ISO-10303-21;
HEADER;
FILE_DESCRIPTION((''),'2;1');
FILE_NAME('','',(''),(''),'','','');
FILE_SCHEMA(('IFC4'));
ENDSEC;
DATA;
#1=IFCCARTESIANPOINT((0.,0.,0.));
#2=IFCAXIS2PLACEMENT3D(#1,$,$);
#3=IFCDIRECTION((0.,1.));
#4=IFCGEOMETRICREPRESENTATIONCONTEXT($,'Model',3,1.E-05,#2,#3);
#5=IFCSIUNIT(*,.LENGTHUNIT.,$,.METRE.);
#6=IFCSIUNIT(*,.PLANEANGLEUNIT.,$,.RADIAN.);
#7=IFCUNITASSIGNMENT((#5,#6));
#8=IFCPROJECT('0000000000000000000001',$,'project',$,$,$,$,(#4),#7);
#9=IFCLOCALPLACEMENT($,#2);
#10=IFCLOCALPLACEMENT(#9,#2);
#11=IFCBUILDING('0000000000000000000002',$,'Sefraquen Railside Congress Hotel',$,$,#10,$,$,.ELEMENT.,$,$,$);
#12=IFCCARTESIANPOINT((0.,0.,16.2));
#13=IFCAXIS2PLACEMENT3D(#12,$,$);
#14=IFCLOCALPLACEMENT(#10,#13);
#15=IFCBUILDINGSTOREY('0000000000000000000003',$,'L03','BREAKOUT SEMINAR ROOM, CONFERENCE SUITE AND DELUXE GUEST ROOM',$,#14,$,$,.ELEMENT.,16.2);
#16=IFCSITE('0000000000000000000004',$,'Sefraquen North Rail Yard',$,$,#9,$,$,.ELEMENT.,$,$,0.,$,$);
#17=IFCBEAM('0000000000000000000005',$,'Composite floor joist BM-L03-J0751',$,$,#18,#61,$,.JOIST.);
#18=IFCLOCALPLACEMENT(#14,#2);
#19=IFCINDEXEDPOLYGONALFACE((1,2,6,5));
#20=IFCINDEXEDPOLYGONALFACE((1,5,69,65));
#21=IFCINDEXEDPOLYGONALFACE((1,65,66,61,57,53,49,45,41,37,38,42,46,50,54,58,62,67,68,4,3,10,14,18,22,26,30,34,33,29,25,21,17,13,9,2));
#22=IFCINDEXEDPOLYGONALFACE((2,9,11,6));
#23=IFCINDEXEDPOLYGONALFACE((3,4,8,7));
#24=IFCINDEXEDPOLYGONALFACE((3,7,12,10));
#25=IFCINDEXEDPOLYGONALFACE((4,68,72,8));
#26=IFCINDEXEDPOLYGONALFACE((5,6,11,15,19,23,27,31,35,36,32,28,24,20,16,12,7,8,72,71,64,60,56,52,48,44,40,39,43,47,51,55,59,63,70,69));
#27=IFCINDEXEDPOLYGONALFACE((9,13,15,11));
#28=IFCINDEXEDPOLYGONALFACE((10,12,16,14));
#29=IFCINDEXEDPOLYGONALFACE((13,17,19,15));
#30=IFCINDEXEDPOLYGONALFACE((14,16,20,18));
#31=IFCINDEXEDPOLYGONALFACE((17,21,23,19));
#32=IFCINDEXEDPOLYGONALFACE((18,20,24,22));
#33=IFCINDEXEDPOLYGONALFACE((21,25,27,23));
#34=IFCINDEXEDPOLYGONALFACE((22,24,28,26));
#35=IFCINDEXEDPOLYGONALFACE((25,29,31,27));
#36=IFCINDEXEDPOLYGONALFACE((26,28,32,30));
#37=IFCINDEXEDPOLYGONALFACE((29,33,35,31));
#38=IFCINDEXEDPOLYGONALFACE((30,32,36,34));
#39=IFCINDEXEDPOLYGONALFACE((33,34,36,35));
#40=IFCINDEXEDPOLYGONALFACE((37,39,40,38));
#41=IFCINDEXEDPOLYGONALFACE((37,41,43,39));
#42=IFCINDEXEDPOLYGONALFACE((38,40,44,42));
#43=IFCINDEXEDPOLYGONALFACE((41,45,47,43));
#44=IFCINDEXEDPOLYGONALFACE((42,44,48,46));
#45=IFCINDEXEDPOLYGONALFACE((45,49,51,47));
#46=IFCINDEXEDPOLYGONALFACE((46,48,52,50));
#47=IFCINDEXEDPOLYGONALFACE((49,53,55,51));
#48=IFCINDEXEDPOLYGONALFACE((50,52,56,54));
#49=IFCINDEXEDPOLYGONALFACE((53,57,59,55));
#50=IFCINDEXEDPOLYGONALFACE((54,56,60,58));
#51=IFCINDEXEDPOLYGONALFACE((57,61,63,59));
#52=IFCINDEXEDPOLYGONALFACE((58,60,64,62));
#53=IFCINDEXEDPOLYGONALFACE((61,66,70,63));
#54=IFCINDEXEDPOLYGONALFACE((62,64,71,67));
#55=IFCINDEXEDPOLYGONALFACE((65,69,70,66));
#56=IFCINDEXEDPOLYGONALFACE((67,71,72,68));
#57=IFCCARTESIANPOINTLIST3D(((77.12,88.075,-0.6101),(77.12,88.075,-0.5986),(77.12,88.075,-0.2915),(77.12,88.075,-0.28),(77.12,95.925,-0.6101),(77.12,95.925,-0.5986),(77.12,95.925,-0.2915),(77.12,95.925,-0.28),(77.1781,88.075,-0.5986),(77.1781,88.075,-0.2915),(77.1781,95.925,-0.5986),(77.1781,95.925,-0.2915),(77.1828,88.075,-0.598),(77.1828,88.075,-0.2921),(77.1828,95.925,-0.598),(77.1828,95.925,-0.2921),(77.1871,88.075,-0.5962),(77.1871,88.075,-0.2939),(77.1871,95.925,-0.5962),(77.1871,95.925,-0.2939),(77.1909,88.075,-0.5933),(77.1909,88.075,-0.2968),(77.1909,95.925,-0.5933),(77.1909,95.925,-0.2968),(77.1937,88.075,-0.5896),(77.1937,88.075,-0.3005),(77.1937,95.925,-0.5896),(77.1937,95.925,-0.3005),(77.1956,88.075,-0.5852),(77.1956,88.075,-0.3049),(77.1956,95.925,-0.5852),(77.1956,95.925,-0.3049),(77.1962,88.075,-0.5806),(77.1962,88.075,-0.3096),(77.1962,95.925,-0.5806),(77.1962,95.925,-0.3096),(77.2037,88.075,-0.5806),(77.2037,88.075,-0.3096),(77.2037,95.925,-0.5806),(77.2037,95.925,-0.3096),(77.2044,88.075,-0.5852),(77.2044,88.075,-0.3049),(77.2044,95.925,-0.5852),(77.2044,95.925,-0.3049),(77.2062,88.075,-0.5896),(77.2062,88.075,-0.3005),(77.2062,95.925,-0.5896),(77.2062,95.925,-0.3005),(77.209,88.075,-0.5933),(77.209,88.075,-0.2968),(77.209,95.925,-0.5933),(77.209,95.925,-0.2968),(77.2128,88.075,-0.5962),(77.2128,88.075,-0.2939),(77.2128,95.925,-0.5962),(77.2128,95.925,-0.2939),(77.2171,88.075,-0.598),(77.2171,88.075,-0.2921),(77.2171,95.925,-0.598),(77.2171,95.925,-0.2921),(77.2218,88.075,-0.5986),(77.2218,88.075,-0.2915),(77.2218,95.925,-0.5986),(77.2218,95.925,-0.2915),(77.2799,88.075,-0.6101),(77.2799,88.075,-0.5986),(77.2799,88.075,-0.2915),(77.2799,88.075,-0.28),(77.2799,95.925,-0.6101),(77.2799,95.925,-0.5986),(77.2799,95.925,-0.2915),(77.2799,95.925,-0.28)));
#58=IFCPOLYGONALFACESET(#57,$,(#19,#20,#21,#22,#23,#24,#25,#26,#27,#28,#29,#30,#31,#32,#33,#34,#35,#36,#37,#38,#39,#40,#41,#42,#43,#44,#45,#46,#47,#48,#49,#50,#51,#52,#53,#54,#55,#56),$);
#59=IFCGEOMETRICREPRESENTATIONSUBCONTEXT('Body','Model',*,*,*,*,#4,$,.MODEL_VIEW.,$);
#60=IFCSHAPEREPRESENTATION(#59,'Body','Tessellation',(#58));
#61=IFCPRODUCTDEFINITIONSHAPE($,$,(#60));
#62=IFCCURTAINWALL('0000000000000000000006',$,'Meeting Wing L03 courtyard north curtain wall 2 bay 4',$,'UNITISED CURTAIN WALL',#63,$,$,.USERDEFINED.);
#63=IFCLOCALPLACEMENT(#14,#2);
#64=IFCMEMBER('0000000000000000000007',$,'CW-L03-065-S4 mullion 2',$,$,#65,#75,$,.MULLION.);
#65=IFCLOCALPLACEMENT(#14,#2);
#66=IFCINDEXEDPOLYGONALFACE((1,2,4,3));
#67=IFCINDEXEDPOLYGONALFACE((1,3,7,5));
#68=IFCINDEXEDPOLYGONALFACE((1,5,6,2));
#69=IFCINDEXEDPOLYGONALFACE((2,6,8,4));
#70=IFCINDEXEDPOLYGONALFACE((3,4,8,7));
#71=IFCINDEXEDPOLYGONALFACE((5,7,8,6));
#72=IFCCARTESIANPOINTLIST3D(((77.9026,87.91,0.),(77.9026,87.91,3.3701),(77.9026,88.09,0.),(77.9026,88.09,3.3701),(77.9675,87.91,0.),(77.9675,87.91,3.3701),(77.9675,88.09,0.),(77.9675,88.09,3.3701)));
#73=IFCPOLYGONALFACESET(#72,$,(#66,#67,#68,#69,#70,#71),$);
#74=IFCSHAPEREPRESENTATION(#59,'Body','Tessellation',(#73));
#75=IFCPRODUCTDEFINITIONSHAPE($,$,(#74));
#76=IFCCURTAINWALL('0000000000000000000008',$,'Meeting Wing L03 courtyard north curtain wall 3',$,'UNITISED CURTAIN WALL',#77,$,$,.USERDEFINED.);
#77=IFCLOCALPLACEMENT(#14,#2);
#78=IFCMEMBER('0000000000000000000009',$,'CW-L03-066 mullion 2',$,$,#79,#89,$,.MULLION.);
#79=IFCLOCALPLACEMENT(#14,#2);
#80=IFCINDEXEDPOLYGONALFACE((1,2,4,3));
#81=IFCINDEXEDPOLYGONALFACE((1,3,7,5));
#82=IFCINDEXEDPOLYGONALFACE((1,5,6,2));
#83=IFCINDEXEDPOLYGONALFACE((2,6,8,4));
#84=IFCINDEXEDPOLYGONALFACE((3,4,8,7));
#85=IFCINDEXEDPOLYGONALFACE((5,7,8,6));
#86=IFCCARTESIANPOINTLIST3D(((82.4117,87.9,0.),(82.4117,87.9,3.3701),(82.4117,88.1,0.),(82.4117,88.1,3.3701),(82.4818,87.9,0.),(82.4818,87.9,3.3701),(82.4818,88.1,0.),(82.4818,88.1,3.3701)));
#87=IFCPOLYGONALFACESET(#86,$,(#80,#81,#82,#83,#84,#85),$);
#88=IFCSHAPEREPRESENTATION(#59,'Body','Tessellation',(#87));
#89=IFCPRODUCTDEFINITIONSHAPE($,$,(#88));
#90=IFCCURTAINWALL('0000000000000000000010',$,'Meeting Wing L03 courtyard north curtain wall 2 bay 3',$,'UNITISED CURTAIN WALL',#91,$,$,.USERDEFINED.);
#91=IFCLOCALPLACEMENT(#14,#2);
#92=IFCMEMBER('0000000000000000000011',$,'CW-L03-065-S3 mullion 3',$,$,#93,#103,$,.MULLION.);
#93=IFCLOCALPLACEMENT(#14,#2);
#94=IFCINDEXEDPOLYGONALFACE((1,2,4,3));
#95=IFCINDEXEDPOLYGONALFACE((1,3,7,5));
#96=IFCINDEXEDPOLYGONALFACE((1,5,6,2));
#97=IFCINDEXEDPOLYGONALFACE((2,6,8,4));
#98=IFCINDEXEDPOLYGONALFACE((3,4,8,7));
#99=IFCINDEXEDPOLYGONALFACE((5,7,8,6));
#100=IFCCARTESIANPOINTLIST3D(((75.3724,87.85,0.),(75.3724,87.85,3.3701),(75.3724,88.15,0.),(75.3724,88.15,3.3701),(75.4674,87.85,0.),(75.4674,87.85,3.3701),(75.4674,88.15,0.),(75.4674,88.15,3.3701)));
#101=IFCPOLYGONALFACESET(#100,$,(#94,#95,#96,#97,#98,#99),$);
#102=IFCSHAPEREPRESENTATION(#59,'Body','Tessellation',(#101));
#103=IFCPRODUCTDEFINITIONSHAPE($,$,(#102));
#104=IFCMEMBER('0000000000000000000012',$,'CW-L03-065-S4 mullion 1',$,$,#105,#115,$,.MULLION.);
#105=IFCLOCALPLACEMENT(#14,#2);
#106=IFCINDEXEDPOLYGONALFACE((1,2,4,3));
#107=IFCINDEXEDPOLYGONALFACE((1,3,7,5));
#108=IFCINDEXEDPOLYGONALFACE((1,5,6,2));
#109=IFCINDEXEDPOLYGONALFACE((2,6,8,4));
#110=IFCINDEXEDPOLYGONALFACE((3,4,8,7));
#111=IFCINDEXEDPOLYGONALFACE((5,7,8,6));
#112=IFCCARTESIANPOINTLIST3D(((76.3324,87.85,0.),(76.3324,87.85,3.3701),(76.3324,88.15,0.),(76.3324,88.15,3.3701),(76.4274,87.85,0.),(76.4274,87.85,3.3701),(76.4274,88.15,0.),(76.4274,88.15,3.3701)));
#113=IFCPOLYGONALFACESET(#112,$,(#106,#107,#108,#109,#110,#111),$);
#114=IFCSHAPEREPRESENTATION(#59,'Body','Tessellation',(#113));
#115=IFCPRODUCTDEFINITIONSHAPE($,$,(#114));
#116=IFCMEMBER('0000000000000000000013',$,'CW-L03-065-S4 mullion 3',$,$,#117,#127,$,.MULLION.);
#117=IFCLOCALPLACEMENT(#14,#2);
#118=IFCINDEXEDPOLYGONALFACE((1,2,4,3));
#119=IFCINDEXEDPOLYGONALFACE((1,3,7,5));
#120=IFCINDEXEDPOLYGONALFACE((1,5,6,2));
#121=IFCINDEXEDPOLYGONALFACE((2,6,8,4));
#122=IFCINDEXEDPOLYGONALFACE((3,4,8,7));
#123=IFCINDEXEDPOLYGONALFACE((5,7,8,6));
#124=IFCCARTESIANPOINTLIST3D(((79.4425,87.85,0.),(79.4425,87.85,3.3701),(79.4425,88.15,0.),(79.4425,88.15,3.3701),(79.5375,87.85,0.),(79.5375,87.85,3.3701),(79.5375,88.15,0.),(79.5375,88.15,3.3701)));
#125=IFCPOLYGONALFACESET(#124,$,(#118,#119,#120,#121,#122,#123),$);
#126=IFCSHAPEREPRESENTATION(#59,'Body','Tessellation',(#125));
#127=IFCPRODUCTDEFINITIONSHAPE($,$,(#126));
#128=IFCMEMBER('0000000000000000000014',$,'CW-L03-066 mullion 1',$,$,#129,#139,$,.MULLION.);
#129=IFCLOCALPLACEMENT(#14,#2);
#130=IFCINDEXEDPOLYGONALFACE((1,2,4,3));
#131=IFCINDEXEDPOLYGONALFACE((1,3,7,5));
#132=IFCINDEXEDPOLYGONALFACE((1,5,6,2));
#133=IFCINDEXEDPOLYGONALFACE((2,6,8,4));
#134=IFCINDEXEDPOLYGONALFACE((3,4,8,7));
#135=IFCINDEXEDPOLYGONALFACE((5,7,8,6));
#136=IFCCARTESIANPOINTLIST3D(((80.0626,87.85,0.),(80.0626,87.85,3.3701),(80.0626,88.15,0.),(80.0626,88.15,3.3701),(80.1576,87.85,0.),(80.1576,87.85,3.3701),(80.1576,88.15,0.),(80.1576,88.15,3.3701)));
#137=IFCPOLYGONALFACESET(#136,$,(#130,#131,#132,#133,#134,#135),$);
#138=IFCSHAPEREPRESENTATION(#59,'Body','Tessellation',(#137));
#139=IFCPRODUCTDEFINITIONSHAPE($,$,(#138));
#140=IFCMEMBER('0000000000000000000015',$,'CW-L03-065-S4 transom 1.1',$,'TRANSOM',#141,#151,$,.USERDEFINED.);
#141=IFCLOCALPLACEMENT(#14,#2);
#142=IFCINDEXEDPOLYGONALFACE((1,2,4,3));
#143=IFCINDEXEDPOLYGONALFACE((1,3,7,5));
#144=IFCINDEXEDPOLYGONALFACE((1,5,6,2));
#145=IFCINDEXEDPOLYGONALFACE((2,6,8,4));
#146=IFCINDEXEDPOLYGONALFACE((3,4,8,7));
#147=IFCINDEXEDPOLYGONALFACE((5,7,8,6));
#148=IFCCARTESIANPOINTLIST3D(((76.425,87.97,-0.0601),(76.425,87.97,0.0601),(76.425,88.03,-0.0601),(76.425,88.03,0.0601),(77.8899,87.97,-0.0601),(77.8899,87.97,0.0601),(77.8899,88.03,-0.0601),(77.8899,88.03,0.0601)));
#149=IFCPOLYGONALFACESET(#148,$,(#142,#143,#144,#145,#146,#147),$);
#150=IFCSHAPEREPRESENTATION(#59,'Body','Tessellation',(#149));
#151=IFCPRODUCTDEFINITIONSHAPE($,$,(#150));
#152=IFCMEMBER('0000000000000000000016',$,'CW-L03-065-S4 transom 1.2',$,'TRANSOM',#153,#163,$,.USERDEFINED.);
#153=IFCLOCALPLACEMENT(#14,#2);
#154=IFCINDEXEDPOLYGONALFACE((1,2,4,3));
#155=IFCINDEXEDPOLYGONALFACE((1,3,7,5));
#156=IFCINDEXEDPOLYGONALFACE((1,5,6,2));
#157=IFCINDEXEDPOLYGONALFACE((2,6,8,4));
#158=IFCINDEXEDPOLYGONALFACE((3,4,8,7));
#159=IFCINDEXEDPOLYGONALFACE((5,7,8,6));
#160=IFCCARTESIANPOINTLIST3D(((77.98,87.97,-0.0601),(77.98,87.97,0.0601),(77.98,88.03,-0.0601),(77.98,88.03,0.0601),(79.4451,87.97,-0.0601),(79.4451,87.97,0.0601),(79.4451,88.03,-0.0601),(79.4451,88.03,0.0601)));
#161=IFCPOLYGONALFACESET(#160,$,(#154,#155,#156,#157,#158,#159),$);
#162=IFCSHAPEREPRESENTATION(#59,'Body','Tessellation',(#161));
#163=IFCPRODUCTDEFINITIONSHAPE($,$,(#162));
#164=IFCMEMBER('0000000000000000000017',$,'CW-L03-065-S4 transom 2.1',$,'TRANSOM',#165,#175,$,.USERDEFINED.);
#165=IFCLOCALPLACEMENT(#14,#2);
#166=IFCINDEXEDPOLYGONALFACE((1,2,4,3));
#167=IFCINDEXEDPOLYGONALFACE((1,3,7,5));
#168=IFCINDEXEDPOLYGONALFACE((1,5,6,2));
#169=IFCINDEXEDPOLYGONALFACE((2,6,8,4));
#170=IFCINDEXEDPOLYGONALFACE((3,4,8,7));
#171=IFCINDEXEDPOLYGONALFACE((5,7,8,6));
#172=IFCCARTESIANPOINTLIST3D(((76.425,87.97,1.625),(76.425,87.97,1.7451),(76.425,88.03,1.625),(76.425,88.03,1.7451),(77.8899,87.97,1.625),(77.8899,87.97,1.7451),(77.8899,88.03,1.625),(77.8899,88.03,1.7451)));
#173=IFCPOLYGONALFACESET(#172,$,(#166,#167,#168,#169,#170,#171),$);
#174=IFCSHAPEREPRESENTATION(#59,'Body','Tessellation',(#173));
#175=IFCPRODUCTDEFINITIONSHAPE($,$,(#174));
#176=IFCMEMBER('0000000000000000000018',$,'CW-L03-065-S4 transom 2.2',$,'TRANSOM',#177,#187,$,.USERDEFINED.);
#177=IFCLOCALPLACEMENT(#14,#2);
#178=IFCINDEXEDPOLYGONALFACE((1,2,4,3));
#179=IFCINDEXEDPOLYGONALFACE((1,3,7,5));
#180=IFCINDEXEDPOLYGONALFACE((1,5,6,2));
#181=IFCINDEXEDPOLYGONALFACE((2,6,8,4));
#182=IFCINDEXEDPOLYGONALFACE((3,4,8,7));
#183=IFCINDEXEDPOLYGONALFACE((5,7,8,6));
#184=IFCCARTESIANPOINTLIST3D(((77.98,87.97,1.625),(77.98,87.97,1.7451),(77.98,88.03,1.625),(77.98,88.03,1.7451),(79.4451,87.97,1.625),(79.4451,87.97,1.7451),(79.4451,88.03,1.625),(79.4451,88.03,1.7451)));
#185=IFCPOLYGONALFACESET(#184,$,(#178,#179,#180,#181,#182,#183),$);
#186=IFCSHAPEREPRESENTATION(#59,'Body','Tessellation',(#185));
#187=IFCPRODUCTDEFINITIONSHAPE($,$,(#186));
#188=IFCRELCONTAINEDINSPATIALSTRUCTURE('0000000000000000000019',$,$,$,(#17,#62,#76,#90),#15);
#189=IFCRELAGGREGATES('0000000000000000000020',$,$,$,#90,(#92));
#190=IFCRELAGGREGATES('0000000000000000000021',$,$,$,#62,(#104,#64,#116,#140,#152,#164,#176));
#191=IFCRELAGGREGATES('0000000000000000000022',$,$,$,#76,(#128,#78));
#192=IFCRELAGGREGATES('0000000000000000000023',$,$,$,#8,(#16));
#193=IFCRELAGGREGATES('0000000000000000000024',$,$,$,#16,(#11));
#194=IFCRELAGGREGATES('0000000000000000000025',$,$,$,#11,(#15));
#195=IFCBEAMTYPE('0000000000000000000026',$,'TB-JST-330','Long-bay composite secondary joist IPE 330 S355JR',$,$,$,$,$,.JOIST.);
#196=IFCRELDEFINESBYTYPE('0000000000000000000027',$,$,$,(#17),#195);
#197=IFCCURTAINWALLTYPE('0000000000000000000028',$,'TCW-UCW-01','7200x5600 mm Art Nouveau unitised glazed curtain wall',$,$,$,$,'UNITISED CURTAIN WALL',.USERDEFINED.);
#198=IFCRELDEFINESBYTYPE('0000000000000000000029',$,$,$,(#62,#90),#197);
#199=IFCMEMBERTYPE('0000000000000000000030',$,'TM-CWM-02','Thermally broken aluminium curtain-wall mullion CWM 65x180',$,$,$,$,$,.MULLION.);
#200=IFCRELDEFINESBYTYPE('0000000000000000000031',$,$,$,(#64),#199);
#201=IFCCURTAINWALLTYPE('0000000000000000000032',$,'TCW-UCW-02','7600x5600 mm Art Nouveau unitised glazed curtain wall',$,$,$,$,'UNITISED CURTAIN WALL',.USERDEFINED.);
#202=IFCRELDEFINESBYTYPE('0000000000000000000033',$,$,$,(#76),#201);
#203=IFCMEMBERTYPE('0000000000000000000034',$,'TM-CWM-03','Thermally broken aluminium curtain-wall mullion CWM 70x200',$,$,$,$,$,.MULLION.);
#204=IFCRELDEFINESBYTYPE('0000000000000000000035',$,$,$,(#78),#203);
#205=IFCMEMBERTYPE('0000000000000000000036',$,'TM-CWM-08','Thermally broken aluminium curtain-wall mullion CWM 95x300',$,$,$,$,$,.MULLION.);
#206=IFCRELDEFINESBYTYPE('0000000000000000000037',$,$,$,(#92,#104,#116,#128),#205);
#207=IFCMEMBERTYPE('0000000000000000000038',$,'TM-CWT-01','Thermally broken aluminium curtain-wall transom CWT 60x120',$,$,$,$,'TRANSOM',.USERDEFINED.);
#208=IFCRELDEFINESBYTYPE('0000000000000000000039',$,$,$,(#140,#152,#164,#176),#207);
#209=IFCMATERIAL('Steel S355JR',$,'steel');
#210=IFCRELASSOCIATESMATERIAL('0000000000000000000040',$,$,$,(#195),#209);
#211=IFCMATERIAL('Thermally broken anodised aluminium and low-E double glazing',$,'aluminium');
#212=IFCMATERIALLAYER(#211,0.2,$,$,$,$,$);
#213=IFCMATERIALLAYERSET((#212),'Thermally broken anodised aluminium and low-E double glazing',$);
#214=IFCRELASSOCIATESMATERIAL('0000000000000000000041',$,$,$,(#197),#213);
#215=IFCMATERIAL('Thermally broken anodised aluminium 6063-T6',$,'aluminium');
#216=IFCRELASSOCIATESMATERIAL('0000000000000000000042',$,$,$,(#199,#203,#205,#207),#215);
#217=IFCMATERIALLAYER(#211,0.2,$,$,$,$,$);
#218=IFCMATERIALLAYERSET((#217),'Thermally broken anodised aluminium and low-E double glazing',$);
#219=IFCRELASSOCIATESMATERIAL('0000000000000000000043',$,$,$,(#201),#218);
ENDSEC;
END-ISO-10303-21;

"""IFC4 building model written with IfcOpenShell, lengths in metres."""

from ifc_helpers import new_model, si_unit, direction, frame, origin, origin_2d, place, context, subcontext, project, spatial, rectangle, i_section, extrude, material, layer, layer_set, material_profile, profile_set, type_object, element, aggregate, save


model = new_model("IFC4")

# Units and contexts
model_context = context("Model", 3, precision=1e-05, world=origin(), true_north=direction((0.0, 1.0)))
body_context = subcontext(model_context, "Body", "Model", "MODEL_VIEW")
ifc_project = project(units=[si_unit("LENGTHUNIT", "METRE"), si_unit("PLANEANGLEUNIT", "RADIAN")], contexts=[model_context])

# Site, building, storey
site_placement = place(None, origin())
site = spatial("IfcSite", under=ifc_project, at=site_placement, Name="Sefraquen North Rail Yard", CompositionType="ELEMENT", RefElevation=0.0)
building_placement = place(site_placement, origin())
building = spatial("IfcBuilding", under=site, at=building_placement, Name="Sefraquen Railside Congress Hotel", CompositionType="ELEMENT")
storey_placement = place(building_placement, frame((0.0, 0.0, 16.2)))
storey = spatial("IfcBuildingStorey", under=building, at=storey_placement, Name="L03", Description="BREAKOUT SEMINAR ROOM, CONFERENCE SUITE AND DELUXE GUEST ROOM", CompositionType="ELEMENT", Elevation=16.2)

# Shared definitions
ifc_material_1 = material(Name="Steel S355JR", Category="steel")

# Beam
ifc_material_profile_1 = material_profile(ifc_material_1, i_section(OverallWidth=0.1599, OverallDepth=0.3301, WebThickness=0.0076, FlangeThickness=0.0115, FilletRadius=0.0181, at=origin_2d()), Name="IPE 330")
ifc_profile_set_1 = profile_set([ifc_material_profile_1], Name="Steel S355JR")
beam_type_1 = type_object("IfcBeamType", Name="TB-JST-330", Description="Long-bay composite secondary joist IPE 330 S355JR", PredefinedType="JOIST", material=ifc_profile_set_1)
beam_1_placement = place(storey_placement, frame((77.2, 88.075, -0.4451), z_axis=(0.0, 1.0, 0.0), x_axis=(-1.0, 0.0, 0.0)))
element("IfcBeam", 1, at=beam_1_placement, inside=storey, type_object=beam_type_1, Name="Composite floor joist BM-L03-J0751", PredefinedType="JOIST", context=body_context, shape_type="SweptSolid", body=[
    extrude(i_section(OverallWidth=0.1599, OverallDepth=0.3301, WebThickness=0.0076, FlangeThickness=0.0115, FilletRadius=0.0181, at=origin_2d()), origin(), (0.0, 0.0, 1.0), 7.8501),
])

# Curtain walls, members
ifc_material_2 = material(Name="Thermally broken anodised aluminium and low-E double glazing", Category="aluminium")
ifc_layer_1 = layer(ifc_material_2, 0.2)
ifc_layer_set_1 = layer_set([ifc_layer_1], Name="Thermally broken anodised aluminium and low-E double glazing")
curtain_wall_type_1 = type_object("IfcCurtainWallType", Name="TCW-UCW-01", Description="7200x5600 mm Art Nouveau unitised glazed curtain wall", ElementType="UNITISED CURTAIN WALL", PredefinedType="USERDEFINED", material=ifc_layer_set_1)
curtain_wall_1_placement = place(storey_placement, origin())
curtain_wall_1 = element("IfcCurtainWall", 2, at=curtain_wall_1_placement, inside=storey, type_object=curtain_wall_type_1, Name="Meeting Wing L03 courtyard north curtain wall 2 bay 4", ObjectType="UNITISED CURTAIN WALL", PredefinedType="USERDEFINED")
ifc_material_3 = material(Name="Thermally broken anodised aluminium 6063-T6", Category="aluminium")
ifc_material_profile_2 = material_profile(ifc_material_3, rectangle(XDim=0.0649, YDim=0.1799, at=origin_2d()), Name="CWM 65x180")
ifc_profile_set_2 = profile_set([ifc_material_profile_2], Name="Thermally broken anodised aluminium 6063-T6")
member_type_1 = type_object("IfcMemberType", Name="TM-CWM-02", Description="Thermally broken aluminium curtain-wall mullion CWM 65x180", PredefinedType="MULLION", material=ifc_profile_set_2)
member_1_placement = place(storey_placement, frame((77.9351, 88.0, 0.0), z_axis=(0.0, 0.0, 1.0), x_axis=(1.0, 0.0, 0.0)))
member_1 = element("IfcMember", 3, at=member_1_placement, type_object=member_type_1, Name="CW-L03-065-S4 mullion 2", PredefinedType="MULLION", context=body_context, shape_type="SweptSolid", body=[
    extrude(rectangle(XDim=0.0649, YDim=0.1799, at=origin_2d()), origin(), (0.0, 0.0, 1.0), 3.3701),
])
ifc_layer_2 = layer(ifc_material_2, 0.2)
ifc_layer_set_2 = layer_set([ifc_layer_2], Name="Thermally broken anodised aluminium and low-E double glazing")
curtain_wall_type_2 = type_object("IfcCurtainWallType", Name="TCW-UCW-02", Description="7600x5600 mm Art Nouveau unitised glazed curtain wall", ElementType="UNITISED CURTAIN WALL", PredefinedType="USERDEFINED", material=ifc_layer_set_2)
curtain_wall_2_placement = place(storey_placement, origin())
curtain_wall_2 = element("IfcCurtainWall", 4, at=curtain_wall_2_placement, inside=storey, type_object=curtain_wall_type_2, Name="Meeting Wing L03 courtyard north curtain wall 3", ObjectType="UNITISED CURTAIN WALL", PredefinedType="USERDEFINED")
ifc_material_profile_3 = material_profile(ifc_material_3, rectangle(XDim=0.0701, YDim=0.2, at=origin_2d()), Name="CWM 70x200")
ifc_profile_set_3 = profile_set([ifc_material_profile_3], Name="Thermally broken anodised aluminium 6063-T6")
member_type_2 = type_object("IfcMemberType", Name="TM-CWM-03", Description="Thermally broken aluminium curtain-wall mullion CWM 70x200", PredefinedType="MULLION", material=ifc_profile_set_3)
member_2_placement = place(storey_placement, frame((82.4468, 88.0, 0.0), z_axis=(0.0, 0.0, 1.0), x_axis=(1.0, 0.0, 0.0)))
member_2 = element("IfcMember", 5, at=member_2_placement, type_object=member_type_2, Name="CW-L03-066 mullion 2", PredefinedType="MULLION", context=body_context, shape_type="SweptSolid", body=[
    extrude(rectangle(XDim=0.0701, YDim=0.2, at=origin_2d()), origin(), (0.0, 0.0, 1.0), 3.3701),
])
curtain_wall_3_placement = place(storey_placement, origin())
curtain_wall_3 = element("IfcCurtainWall", 6, at=curtain_wall_3_placement, inside=storey, type_object=curtain_wall_type_1, Name="Meeting Wing L03 courtyard north curtain wall 2 bay 3", ObjectType="UNITISED CURTAIN WALL", PredefinedType="USERDEFINED")
ifc_material_profile_4 = material_profile(ifc_material_3, rectangle(XDim=0.095, YDim=0.3, at=origin_2d()), Name="CWM 95x300")
ifc_profile_set_4 = profile_set([ifc_material_profile_4], Name="Thermally broken anodised aluminium 6063-T6")
member_type_3 = type_object("IfcMemberType", Name="TM-CWM-08", Description="Thermally broken aluminium curtain-wall mullion CWM 95x300", PredefinedType="MULLION", material=ifc_profile_set_4)
member_3_placement = place(storey_placement, frame((75.4199, 88.0, 0.0), z_axis=(0.0, 0.0, 1.0), x_axis=(1.0, 0.0, 0.0)))
member_3 = element("IfcMember", 7, at=member_3_placement, type_object=member_type_3, Name="CW-L03-065-S3 mullion 3", PredefinedType="MULLION", context=body_context, shape_type="SweptSolid", body=[
    extrude(rectangle(XDim=0.095, YDim=0.3, at=origin_2d()), origin(), (0.0, 0.0, 1.0), 3.3701),
])
aggregate(curtain_wall_3, [member_3])

# Members
member_4_placement = place(storey_placement, frame((76.3799, 88.0, 0.0), z_axis=(0.0, 0.0, 1.0), x_axis=(1.0, 0.0, 0.0)))
member_4 = element("IfcMember", 8, at=member_4_placement, type_object=member_type_3, Name="CW-L03-065-S4 mullion 1", PredefinedType="MULLION", context=body_context, shape_type="SweptSolid", body=[
    extrude(rectangle(XDim=0.095, YDim=0.3, at=origin_2d()), origin(), (0.0, 0.0, 1.0), 3.3701),
])
member_5_placement = place(storey_placement, frame((79.49, 88.0, 0.0), z_axis=(0.0, 0.0, 1.0), x_axis=(1.0, 0.0, 0.0)))
member_5 = element("IfcMember", 9, at=member_5_placement, type_object=member_type_3, Name="CW-L03-065-S4 mullion 3", PredefinedType="MULLION", context=body_context, shape_type="SweptSolid", body=[
    extrude(rectangle(XDim=0.095, YDim=0.3, at=origin_2d()), origin(), (0.0, 0.0, 1.0), 3.3701),
])
member_6_placement = place(storey_placement, frame((80.1101, 88.0, 0.0), z_axis=(0.0, 0.0, 1.0), x_axis=(1.0, 0.0, 0.0)))
member_6 = element("IfcMember", 10, at=member_6_placement, type_object=member_type_3, Name="CW-L03-066 mullion 1", PredefinedType="MULLION", context=body_context, shape_type="SweptSolid", body=[
    extrude(rectangle(XDim=0.095, YDim=0.3, at=origin_2d()), origin(), (0.0, 0.0, 1.0), 3.3701),
])
ifc_material_profile_5 = material_profile(ifc_material_3, rectangle(XDim=0.0601, YDim=0.1201, at=origin_2d()), Name="CWT 60x120")
ifc_profile_set_5 = profile_set([ifc_material_profile_5], Name="Thermally broken anodised aluminium 6063-T6")
member_type_4 = type_object("IfcMemberType", Name="TM-CWT-01", Description="Thermally broken aluminium curtain-wall transom CWT 60x120", ElementType="TRANSOM", PredefinedType="USERDEFINED", material=ifc_profile_set_5)
member_7_placement = place(storey_placement, frame((76.425, 88.0, 0.0), z_axis=(1.0, 0.0, 0.0), x_axis=(0.0, 1.0, 0.0)))
member_7 = element("IfcMember", 11, at=member_7_placement, type_object=member_type_4, Name="CW-L03-065-S4 transom 1.1", ObjectType="TRANSOM", PredefinedType="USERDEFINED", context=body_context, shape_type="SweptSolid", body=[
    extrude(rectangle(XDim=0.0601, YDim=0.1201, at=origin_2d()), origin(), (0.0, 0.0, 1.0), 1.4648),
])
member_8_placement = place(storey_placement, frame((77.98, 88.0, 0.0), z_axis=(1.0, 0.0, 0.0), x_axis=(0.0, 1.0, 0.0)))
member_8 = element("IfcMember", 12, at=member_8_placement, type_object=member_type_4, Name="CW-L03-065-S4 transom 1.2", ObjectType="TRANSOM", PredefinedType="USERDEFINED", context=body_context, shape_type="SweptSolid", body=[
    extrude(rectangle(XDim=0.0601, YDim=0.1201, at=origin_2d()), origin(), (0.0, 0.0, 1.0), 1.4651),
])
member_9_placement = place(storey_placement, frame((76.425, 88.0, 1.6851), z_axis=(1.0, 0.0, 0.0), x_axis=(0.0, 1.0, 0.0)))
member_9 = element("IfcMember", 13, at=member_9_placement, type_object=member_type_4, Name="CW-L03-065-S4 transom 2.1", ObjectType="TRANSOM", PredefinedType="USERDEFINED", context=body_context, shape_type="SweptSolid", body=[
    extrude(rectangle(XDim=0.0601, YDim=0.1201, at=origin_2d()), origin(), (0.0, 0.0, 1.0), 1.4648),
])
member_10_placement = place(storey_placement, frame((77.98, 88.0, 1.6851), z_axis=(1.0, 0.0, 0.0), x_axis=(0.0, 1.0, 0.0)))
member_10 = element("IfcMember", 14, at=member_10_placement, type_object=member_type_4, Name="CW-L03-065-S4 transom 2.2", ObjectType="TRANSOM", PredefinedType="USERDEFINED", context=body_context, shape_type="SweptSolid", body=[
    extrude(rectangle(XDim=0.0601, YDim=0.1201, at=origin_2d()), origin(), (0.0, 0.0, 1.0), 1.4651),
])

aggregate(curtain_wall_1, [member_4, member_1, member_5, member_7, member_8, member_9, member_10])
aggregate(curtain_wall_2, [member_6, member_2])

save(model, "model.ifc")
